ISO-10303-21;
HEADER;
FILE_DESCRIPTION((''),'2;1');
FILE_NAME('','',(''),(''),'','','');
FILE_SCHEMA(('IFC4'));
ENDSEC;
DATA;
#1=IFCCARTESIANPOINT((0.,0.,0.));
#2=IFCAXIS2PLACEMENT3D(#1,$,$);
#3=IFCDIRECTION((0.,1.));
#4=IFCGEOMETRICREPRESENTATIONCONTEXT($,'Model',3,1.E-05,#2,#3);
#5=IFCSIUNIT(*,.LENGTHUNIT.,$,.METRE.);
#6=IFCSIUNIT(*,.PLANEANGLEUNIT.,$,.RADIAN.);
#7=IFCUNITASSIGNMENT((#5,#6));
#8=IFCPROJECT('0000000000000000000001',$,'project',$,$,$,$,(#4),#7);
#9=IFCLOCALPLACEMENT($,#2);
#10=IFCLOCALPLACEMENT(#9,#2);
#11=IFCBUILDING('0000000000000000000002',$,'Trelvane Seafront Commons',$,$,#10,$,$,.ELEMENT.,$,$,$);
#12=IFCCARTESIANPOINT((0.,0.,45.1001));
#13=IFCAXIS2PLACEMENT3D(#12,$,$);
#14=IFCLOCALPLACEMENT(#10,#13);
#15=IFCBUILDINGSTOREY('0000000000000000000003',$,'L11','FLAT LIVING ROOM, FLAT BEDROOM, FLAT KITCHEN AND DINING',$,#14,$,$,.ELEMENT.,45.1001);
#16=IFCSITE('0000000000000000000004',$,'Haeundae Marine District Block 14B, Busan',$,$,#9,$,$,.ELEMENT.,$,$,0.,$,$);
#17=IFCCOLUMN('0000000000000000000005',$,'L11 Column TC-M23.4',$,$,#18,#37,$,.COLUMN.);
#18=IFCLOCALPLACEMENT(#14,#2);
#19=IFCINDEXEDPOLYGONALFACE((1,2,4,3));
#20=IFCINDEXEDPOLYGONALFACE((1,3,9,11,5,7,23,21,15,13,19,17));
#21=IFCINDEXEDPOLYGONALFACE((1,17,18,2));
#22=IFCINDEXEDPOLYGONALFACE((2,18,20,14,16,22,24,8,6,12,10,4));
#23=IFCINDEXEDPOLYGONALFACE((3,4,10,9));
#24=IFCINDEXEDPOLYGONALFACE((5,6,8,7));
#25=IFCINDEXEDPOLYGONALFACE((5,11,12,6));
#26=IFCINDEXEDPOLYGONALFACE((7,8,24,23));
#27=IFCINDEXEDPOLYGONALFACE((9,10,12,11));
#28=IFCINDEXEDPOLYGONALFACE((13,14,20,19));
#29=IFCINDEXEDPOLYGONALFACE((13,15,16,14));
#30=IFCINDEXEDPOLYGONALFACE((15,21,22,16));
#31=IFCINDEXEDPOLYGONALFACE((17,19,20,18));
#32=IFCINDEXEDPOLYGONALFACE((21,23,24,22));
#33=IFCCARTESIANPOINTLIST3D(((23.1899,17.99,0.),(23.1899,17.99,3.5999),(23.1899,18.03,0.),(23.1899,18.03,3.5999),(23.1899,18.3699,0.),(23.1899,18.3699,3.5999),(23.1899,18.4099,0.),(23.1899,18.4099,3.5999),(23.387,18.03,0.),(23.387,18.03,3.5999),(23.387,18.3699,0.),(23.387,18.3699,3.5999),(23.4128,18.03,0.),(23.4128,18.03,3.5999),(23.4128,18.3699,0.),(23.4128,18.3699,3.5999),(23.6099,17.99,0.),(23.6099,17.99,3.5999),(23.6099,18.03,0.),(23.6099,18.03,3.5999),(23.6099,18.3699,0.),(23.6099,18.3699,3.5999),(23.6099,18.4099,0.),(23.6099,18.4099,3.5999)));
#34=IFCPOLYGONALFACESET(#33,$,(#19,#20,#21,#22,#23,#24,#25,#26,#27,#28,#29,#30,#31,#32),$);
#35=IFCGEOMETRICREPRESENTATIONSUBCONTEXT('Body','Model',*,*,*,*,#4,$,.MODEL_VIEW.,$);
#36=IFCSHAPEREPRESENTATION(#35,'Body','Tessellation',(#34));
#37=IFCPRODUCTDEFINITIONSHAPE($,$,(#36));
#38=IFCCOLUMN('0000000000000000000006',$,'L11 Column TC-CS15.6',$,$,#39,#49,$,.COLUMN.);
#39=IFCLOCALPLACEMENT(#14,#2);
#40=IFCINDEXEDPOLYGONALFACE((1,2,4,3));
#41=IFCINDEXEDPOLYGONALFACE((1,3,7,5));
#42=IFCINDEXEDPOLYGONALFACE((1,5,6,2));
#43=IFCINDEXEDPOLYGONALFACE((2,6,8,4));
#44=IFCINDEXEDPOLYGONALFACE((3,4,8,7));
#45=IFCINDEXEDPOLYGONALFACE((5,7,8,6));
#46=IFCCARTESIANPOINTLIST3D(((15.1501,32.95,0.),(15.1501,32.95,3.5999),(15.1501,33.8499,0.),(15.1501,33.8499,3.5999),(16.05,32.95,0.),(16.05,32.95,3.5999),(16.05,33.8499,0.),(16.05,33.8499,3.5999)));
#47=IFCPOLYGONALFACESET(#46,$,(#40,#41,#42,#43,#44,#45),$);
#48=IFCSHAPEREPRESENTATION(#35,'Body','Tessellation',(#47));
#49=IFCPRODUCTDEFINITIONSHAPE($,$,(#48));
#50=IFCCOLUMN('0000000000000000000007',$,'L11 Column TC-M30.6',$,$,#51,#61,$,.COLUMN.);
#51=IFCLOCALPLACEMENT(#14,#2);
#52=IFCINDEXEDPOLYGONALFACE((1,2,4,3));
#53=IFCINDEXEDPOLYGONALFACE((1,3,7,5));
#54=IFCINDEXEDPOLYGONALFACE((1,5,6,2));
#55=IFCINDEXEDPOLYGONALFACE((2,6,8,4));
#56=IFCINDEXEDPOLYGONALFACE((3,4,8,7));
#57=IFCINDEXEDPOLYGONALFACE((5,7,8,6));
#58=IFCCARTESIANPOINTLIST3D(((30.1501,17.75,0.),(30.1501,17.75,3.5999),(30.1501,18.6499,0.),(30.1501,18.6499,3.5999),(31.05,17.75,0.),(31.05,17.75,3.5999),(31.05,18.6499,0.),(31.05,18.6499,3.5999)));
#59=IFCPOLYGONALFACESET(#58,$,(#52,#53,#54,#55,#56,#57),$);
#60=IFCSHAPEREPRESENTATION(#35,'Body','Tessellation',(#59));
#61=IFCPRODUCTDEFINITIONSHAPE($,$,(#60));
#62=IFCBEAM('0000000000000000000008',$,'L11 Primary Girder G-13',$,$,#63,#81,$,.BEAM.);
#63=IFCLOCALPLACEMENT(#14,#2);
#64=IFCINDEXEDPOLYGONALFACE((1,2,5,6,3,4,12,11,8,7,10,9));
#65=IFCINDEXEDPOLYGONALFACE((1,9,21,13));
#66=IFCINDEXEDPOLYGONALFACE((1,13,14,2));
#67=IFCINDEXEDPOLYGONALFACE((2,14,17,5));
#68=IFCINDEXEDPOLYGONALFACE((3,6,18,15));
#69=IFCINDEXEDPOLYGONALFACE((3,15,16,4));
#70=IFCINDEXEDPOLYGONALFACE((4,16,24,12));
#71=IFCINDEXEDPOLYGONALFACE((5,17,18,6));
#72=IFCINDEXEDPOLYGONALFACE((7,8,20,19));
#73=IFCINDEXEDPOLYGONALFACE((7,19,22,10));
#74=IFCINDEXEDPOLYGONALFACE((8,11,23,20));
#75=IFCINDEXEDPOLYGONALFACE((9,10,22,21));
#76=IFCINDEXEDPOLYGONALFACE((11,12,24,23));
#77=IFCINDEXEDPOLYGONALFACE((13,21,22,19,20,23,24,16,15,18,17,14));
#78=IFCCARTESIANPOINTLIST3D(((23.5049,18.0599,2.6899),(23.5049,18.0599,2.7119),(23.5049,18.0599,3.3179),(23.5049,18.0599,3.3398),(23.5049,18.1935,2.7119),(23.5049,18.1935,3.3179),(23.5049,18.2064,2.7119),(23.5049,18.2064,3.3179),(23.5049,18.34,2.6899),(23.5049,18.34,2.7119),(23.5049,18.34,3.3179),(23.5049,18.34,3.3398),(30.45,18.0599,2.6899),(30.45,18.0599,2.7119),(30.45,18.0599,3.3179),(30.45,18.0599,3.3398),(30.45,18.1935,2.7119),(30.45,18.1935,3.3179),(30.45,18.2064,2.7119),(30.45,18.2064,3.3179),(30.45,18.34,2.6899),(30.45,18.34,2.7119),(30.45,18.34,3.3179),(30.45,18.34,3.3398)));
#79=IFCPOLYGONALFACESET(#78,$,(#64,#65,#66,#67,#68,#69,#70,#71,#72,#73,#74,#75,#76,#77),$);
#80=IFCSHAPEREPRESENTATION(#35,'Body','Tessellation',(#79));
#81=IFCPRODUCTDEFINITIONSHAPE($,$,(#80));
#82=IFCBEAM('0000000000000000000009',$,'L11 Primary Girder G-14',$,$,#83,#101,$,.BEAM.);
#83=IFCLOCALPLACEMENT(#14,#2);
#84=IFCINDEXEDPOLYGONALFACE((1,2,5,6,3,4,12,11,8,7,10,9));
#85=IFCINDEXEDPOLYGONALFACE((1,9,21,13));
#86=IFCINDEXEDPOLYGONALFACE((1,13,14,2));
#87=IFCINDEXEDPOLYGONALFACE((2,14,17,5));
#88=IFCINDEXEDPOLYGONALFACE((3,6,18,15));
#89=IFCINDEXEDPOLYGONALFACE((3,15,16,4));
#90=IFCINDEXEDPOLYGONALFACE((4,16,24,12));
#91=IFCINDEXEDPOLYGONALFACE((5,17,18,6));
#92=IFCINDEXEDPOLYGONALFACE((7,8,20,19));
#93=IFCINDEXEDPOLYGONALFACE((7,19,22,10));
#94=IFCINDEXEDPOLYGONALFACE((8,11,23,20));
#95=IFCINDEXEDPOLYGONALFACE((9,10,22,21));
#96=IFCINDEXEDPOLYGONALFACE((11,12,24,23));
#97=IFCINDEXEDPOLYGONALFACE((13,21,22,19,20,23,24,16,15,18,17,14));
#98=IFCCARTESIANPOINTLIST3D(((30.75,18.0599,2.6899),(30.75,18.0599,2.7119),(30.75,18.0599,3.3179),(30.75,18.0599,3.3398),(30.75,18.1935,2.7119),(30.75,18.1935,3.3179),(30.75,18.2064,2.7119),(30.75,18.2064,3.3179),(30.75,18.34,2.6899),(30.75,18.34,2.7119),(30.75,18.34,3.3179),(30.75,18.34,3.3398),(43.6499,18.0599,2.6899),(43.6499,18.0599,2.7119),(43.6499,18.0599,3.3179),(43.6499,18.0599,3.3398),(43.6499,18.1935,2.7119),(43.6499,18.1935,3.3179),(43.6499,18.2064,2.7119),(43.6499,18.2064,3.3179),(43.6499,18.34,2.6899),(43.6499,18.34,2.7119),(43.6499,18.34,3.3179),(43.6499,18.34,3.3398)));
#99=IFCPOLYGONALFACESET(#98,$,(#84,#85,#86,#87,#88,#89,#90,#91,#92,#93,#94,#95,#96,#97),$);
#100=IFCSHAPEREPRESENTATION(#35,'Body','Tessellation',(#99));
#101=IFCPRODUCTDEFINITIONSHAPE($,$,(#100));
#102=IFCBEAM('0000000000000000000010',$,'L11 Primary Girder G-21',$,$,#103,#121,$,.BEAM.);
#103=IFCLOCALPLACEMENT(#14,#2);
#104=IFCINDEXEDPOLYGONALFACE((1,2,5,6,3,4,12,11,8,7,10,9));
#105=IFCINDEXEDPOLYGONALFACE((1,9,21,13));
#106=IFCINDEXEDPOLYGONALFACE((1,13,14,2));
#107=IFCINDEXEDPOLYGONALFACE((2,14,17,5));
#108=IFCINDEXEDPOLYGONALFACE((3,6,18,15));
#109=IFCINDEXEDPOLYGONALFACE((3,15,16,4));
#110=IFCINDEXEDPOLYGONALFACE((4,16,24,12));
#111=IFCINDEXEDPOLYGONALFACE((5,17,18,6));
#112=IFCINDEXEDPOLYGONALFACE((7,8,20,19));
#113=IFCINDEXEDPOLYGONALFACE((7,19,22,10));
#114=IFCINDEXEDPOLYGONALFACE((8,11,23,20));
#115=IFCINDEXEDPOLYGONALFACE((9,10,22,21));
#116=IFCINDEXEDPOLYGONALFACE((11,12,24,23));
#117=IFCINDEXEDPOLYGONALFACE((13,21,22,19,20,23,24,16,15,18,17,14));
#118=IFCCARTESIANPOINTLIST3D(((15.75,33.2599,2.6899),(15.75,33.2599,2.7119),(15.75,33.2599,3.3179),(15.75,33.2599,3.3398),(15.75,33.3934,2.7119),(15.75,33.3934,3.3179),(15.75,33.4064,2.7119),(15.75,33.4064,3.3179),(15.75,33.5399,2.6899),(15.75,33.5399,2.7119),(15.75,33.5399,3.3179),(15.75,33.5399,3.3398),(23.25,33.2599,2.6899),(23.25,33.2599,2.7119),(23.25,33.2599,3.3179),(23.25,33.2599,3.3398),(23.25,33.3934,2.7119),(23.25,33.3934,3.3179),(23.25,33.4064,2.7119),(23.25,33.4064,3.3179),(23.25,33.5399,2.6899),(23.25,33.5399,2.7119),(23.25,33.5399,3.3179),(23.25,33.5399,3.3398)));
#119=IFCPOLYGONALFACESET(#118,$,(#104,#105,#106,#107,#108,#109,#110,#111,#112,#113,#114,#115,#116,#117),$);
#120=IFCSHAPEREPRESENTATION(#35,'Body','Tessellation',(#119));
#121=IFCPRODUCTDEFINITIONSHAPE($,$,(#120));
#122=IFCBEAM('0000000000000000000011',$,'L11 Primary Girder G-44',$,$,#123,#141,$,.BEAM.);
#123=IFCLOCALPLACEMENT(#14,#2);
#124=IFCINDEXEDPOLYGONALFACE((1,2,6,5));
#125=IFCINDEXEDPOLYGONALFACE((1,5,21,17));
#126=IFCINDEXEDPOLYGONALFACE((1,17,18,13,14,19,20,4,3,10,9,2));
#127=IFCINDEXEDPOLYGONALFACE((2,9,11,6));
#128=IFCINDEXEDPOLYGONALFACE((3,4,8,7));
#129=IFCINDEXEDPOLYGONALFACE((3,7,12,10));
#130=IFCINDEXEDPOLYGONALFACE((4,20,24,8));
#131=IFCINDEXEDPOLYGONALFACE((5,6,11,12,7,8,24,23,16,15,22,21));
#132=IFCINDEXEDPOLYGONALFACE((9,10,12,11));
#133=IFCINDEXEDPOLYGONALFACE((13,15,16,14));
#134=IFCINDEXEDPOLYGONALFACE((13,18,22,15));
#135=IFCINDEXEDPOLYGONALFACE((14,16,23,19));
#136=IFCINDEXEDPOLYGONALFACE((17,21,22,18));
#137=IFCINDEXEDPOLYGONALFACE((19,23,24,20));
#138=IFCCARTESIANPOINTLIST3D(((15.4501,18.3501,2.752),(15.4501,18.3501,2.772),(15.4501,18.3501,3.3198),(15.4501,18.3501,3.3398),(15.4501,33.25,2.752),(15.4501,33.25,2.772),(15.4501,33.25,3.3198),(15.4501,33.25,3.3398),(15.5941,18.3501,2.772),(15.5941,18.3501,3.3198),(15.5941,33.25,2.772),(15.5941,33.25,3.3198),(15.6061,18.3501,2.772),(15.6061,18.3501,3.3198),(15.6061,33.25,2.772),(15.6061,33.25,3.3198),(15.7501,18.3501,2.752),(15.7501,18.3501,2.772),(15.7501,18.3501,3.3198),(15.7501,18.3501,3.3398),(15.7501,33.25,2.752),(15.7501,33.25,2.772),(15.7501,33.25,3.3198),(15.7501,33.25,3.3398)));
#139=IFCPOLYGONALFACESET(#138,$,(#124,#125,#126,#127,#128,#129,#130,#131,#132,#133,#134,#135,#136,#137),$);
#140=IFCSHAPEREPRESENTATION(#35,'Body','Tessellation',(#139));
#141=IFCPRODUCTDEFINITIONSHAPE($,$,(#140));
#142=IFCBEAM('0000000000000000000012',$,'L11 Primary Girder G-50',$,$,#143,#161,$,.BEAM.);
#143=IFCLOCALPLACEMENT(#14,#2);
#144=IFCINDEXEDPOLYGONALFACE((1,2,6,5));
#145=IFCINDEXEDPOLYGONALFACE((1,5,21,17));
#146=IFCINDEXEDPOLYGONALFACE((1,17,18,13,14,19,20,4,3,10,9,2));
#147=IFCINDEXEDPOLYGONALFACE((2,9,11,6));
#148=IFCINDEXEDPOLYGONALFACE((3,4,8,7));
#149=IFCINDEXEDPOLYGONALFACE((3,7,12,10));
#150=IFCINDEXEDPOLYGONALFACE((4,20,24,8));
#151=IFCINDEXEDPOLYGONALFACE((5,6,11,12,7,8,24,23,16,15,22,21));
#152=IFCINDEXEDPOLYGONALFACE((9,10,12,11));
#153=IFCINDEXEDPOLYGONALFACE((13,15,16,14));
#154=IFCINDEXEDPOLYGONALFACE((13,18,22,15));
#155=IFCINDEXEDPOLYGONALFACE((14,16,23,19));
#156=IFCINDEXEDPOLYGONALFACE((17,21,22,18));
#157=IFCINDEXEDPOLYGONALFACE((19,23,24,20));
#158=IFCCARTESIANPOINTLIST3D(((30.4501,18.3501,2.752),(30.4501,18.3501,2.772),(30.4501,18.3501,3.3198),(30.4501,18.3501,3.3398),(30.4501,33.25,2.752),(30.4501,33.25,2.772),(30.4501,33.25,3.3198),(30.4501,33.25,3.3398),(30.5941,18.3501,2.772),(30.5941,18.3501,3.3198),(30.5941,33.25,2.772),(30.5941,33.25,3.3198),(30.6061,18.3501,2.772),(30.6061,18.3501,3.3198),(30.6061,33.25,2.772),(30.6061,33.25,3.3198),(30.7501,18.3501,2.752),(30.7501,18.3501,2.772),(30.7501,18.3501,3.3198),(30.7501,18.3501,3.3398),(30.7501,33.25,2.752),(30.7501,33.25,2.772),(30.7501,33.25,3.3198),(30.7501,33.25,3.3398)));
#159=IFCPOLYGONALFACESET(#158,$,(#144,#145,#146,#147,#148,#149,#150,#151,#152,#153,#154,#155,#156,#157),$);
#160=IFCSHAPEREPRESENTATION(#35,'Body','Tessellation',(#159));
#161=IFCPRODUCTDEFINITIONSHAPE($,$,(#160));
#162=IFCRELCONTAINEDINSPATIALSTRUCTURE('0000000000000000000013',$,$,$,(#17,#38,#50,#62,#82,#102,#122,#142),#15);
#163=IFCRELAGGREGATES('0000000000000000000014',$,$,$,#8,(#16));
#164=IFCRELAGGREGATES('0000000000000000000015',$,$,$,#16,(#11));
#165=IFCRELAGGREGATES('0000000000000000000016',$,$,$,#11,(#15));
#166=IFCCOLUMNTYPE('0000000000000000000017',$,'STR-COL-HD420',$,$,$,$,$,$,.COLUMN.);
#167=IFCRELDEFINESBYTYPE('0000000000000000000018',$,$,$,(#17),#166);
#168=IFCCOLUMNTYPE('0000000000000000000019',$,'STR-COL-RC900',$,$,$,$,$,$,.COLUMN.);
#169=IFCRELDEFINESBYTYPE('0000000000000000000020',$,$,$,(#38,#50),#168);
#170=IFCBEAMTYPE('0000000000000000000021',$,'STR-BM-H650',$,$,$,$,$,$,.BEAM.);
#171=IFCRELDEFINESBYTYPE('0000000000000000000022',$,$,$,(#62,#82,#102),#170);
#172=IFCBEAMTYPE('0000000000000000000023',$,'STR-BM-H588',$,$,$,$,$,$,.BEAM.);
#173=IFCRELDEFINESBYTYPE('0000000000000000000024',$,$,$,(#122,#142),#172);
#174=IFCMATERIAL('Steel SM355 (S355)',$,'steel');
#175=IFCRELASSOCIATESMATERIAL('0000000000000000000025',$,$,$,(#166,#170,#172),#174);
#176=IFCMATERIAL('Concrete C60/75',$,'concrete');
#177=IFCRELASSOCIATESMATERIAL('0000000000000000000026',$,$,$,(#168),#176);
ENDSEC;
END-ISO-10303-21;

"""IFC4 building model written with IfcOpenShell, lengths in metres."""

from ifc_helpers import new_model, si_unit, direction, frame, origin, origin_2d, place, context, subcontext, project, spatial, rectangle, i_section, extrude, source, transform, mapped, material, material_profile, profile_set, type_object, element, save


model = new_model("IFC4")

# Units and contexts
model_context = context("Model", 3, precision=1e-05, world=origin(), true_north=direction((0.0, 1.0)))
body_context = subcontext(model_context, "Body", "Model", "MODEL_VIEW")
ifc_project = project(units=[si_unit("LENGTHUNIT", "METRE"), si_unit("PLANEANGLEUNIT", "RADIAN")], contexts=[model_context])

# Site, building, storey
site_placement = place(None, origin())
site = spatial("IfcSite", under=ifc_project, at=site_placement, Name="Haeundae Marine District Block 14B, Busan", CompositionType="ELEMENT", RefElevation=0.0)
building_placement = place(site_placement, origin())
building = spatial("IfcBuilding", under=site, at=building_placement, Name="Trelvane Seafront Commons", CompositionType="ELEMENT")
storey_placement = place(building_placement, frame((0.0, 0.0, 45.1001)))
storey = spatial("IfcBuildingStorey", under=building, at=storey_placement, Name="L11", Description="FLAT LIVING ROOM, FLAT BEDROOM, FLAT KITCHEN AND DINING", CompositionType="ELEMENT", Elevation=45.1001)

# Columns
ifc_material_1 = material(Name="Steel SM355 (S355)", Category="steel")
ifc_material_profile_1 = material_profile(ifc_material_1, i_section(OverallWidth=0.4199, OverallDepth=0.4199, WebThickness=0.0259, FlangeThickness=0.04, at=origin_2d()), Name="HD-420x420x26x40")
ifc_profile_set_1 = profile_set([ifc_material_profile_1], Name="Steel SM355 (S355)")
column_type_1 = type_object("IfcColumnType", Name="STR-COL-HD420", PredefinedType="COLUMN", material=ifc_profile_set_1)
shared_shape_1 = source(origin(), body_context, "Body", "SweptSolid", [
    extrude(i_section(OverallWidth=0.4199, OverallDepth=0.4199, WebThickness=0.0259, FlangeThickness=0.04, at=origin_2d()), origin(), (0.0, 0.0, 1.0), 3.5999),
])
column_placement = place(storey_placement, frame((23.3999, 18.2, 0.0), z_axis=(0.0, 0.0, 1.0), x_axis=(1.0, 0.0, 0.0)))
element("IfcColumn", 1, at=column_placement, inside=storey, type_object=column_type_1, Name="L11 Column TC-M23.4", PredefinedType="COLUMN", context=body_context, shape_type="MappedRepresentation", body=[
    mapped(shared_shape_1, transform((0.0, 0.0, 0.0), x_axis=(1.0, 0.0, 0.0), y_axis=(0.0, 1.0, 0.0), z_axis=(0.0, 0.0, 1.0), scale=1.0)),
])
ifc_material_2 = material(Name="Concrete C60/75", Category="concrete")
ifc_material_profile_2 = material_profile(ifc_material_2, rectangle(XDim=0.8999, YDim=0.8999, at=origin_2d()), Name="RC-900x900")
ifc_profile_set_2 = profile_set([ifc_material_profile_2], Name="Concrete C60/75")
column_type_2 = type_object("IfcColumnType", Name="STR-COL-RC900", PredefinedType="COLUMN", material=ifc_profile_set_2)
shared_shape_2 = source(origin(), body_context, "Body", "SweptSolid", [
    extrude(rectangle(XDim=0.8999, YDim=0.8999, at=origin_2d()), origin(), (0.0, 0.0, 1.0), 3.5999),
])
for number, where, z_axis, x_axis, name in (
    (2, (15.6001, 33.3999, 0.0), (0.0, 0.0, 1.0), (1.0, 0.0, 0.0), "L11 Column TC-CS15.6"),
    (3, (30.6001, 18.2, 0.0), (0.0, 0.0, 1.0), (1.0, 0.0, 0.0), "L11 Column TC-M30.6"),
):
    element("IfcColumn", number, at=place(storey_placement, frame(where, z_axis=z_axis, x_axis=x_axis)), inside=storey, type_object=column_type_2, Name=name, PredefinedType="COLUMN", context=body_context, shape_type="MappedRepresentation", body=[
        mapped(shared_shape_2, transform((0.0, 0.0, 0.0), x_axis=(1.0, 0.0, 0.0), y_axis=(0.0, 1.0, 0.0), z_axis=(0.0, 0.0, 1.0), scale=1.0)),
    ])

# Beams
ifc_material_profile_3 = material_profile(ifc_material_1, i_section(OverallWidth=0.28, OverallDepth=0.6499, WebThickness=0.0129, FlangeThickness=0.022, at=origin_2d()), Name="H-650x280x13x22")
ifc_profile_set_3 = profile_set([ifc_material_profile_3], Name="Steel SM355 (S355)")
beam_type_1 = type_object("IfcBeamType", Name="STR-BM-H650", PredefinedType="BEAM", material=ifc_profile_set_3)
shared_shape_3 = source(origin(), body_context, "Body", "SweptSolid", [
    extrude(i_section(OverallWidth=0.28, OverallDepth=0.6499, WebThickness=0.0129, FlangeThickness=0.022, at=origin_2d()), origin(), (0.0, 0.0, 1.0), 6.9451),
])
beam_1_placement = place(storey_placement, frame((23.5049, 18.2, 3.0149), z_axis=(1.0, 0.0, 0.0), x_axis=(0.0, 1.0, 0.0)))
element("IfcBeam", 4, at=beam_1_placement, inside=storey, type_object=beam_type_1, Name="L11 Primary Girder G-13", PredefinedType="BEAM", context=body_context, shape_type="MappedRepresentation", body=[
    mapped(shared_shape_3, transform((0.0, 0.0, 0.0), x_axis=(1.0, 0.0, 0.0), y_axis=(0.0, 1.0, 0.0), z_axis=(0.0, 0.0, 1.0), scale=1.0)),
])
shared_shape_4 = source(origin(), body_context, "Body", "SweptSolid", [
    extrude(i_section(OverallWidth=0.28, OverallDepth=0.6499, WebThickness=0.0129, FlangeThickness=0.022, at=origin_2d()), origin(), (0.0, 0.0, 1.0), 12.8999),
])
beam_2_placement = place(storey_placement, frame((30.75, 18.2, 3.0149), z_axis=(1.0, 0.0, 0.0), x_axis=(0.0, 1.0, 0.0)))
element("IfcBeam", 5, at=beam_2_placement, inside=storey, type_object=beam_type_1, Name="L11 Primary Girder G-14", PredefinedType="BEAM", context=body_context, shape_type="MappedRepresentation", body=[
    mapped(shared_shape_4, transform((0.0, 0.0, 0.0), x_axis=(1.0, 0.0, 0.0), y_axis=(0.0, 1.0, 0.0), z_axis=(0.0, 0.0, 1.0), scale=1.0)),
])
shared_shape_5 = source(origin(), body_context, "Body", "SweptSolid", [
    extrude(i_section(OverallWidth=0.28, OverallDepth=0.6499, WebThickness=0.0129, FlangeThickness=0.022, at=origin_2d()), origin(), (0.0, 0.0, 1.0), 7.5),
])
beam_3_placement = place(storey_placement, frame((15.75, 33.3999, 3.0149), z_axis=(1.0, 0.0, 0.0), x_axis=(0.0, 1.0, 0.0)))
element("IfcBeam", 6, at=beam_3_placement, inside=storey, type_object=beam_type_1, Name="L11 Primary Girder G-21", PredefinedType="BEAM", context=body_context, shape_type="MappedRepresentation", body=[
    mapped(shared_shape_5, transform((0.0, 0.0, 0.0), x_axis=(1.0, 0.0, 0.0), y_axis=(0.0, 1.0, 0.0), z_axis=(0.0, 0.0, 1.0), scale=1.0)),
])
ifc_material_profile_4 = material_profile(ifc_material_1, i_section(OverallWidth=0.3, OverallDepth=0.5879, WebThickness=0.012, FlangeThickness=0.02, at=origin_2d()), Name="H-588x300x12x20")
ifc_profile_set_4 = profile_set([ifc_material_profile_4], Name="Steel SM355 (S355)")
beam_type_2 = type_object("IfcBeamType", Name="STR-BM-H588", PredefinedType="BEAM", material=ifc_profile_set_4)
shared_shape_6 = source(origin(), body_context, "Body", "SweptSolid", [
    extrude(i_section(OverallWidth=0.3, OverallDepth=0.5879, WebThickness=0.012, FlangeThickness=0.02, at=origin_2d()), origin(), (0.0, 0.0, 1.0), 14.8999),
])
for number, where, z_axis, x_axis, name in (
    (7, (15.6001, 18.3501, 3.0459), (0.0, 1.0, 0.0), (-1.0, 0.0, 0.0), "L11 Primary Girder G-44"),
    (8, (30.6001, 18.3501, 3.0459), (0.0, 1.0, 0.0), (-1.0, 0.0, 0.0), "L11 Primary Girder G-50"),
):
    element("IfcBeam", number, at=place(storey_placement, frame(where, z_axis=z_axis, x_axis=x_axis)), inside=storey, type_object=beam_type_2, Name=name, PredefinedType="BEAM", context=body_context, shape_type="MappedRepresentation", body=[
        mapped(shared_shape_6, transform((0.0, 0.0, 0.0), x_axis=(1.0, 0.0, 0.0), y_axis=(0.0, 1.0, 0.0), z_axis=(0.0, 0.0, 1.0), scale=1.0)),
    ])

save(model, "model.ifc")
